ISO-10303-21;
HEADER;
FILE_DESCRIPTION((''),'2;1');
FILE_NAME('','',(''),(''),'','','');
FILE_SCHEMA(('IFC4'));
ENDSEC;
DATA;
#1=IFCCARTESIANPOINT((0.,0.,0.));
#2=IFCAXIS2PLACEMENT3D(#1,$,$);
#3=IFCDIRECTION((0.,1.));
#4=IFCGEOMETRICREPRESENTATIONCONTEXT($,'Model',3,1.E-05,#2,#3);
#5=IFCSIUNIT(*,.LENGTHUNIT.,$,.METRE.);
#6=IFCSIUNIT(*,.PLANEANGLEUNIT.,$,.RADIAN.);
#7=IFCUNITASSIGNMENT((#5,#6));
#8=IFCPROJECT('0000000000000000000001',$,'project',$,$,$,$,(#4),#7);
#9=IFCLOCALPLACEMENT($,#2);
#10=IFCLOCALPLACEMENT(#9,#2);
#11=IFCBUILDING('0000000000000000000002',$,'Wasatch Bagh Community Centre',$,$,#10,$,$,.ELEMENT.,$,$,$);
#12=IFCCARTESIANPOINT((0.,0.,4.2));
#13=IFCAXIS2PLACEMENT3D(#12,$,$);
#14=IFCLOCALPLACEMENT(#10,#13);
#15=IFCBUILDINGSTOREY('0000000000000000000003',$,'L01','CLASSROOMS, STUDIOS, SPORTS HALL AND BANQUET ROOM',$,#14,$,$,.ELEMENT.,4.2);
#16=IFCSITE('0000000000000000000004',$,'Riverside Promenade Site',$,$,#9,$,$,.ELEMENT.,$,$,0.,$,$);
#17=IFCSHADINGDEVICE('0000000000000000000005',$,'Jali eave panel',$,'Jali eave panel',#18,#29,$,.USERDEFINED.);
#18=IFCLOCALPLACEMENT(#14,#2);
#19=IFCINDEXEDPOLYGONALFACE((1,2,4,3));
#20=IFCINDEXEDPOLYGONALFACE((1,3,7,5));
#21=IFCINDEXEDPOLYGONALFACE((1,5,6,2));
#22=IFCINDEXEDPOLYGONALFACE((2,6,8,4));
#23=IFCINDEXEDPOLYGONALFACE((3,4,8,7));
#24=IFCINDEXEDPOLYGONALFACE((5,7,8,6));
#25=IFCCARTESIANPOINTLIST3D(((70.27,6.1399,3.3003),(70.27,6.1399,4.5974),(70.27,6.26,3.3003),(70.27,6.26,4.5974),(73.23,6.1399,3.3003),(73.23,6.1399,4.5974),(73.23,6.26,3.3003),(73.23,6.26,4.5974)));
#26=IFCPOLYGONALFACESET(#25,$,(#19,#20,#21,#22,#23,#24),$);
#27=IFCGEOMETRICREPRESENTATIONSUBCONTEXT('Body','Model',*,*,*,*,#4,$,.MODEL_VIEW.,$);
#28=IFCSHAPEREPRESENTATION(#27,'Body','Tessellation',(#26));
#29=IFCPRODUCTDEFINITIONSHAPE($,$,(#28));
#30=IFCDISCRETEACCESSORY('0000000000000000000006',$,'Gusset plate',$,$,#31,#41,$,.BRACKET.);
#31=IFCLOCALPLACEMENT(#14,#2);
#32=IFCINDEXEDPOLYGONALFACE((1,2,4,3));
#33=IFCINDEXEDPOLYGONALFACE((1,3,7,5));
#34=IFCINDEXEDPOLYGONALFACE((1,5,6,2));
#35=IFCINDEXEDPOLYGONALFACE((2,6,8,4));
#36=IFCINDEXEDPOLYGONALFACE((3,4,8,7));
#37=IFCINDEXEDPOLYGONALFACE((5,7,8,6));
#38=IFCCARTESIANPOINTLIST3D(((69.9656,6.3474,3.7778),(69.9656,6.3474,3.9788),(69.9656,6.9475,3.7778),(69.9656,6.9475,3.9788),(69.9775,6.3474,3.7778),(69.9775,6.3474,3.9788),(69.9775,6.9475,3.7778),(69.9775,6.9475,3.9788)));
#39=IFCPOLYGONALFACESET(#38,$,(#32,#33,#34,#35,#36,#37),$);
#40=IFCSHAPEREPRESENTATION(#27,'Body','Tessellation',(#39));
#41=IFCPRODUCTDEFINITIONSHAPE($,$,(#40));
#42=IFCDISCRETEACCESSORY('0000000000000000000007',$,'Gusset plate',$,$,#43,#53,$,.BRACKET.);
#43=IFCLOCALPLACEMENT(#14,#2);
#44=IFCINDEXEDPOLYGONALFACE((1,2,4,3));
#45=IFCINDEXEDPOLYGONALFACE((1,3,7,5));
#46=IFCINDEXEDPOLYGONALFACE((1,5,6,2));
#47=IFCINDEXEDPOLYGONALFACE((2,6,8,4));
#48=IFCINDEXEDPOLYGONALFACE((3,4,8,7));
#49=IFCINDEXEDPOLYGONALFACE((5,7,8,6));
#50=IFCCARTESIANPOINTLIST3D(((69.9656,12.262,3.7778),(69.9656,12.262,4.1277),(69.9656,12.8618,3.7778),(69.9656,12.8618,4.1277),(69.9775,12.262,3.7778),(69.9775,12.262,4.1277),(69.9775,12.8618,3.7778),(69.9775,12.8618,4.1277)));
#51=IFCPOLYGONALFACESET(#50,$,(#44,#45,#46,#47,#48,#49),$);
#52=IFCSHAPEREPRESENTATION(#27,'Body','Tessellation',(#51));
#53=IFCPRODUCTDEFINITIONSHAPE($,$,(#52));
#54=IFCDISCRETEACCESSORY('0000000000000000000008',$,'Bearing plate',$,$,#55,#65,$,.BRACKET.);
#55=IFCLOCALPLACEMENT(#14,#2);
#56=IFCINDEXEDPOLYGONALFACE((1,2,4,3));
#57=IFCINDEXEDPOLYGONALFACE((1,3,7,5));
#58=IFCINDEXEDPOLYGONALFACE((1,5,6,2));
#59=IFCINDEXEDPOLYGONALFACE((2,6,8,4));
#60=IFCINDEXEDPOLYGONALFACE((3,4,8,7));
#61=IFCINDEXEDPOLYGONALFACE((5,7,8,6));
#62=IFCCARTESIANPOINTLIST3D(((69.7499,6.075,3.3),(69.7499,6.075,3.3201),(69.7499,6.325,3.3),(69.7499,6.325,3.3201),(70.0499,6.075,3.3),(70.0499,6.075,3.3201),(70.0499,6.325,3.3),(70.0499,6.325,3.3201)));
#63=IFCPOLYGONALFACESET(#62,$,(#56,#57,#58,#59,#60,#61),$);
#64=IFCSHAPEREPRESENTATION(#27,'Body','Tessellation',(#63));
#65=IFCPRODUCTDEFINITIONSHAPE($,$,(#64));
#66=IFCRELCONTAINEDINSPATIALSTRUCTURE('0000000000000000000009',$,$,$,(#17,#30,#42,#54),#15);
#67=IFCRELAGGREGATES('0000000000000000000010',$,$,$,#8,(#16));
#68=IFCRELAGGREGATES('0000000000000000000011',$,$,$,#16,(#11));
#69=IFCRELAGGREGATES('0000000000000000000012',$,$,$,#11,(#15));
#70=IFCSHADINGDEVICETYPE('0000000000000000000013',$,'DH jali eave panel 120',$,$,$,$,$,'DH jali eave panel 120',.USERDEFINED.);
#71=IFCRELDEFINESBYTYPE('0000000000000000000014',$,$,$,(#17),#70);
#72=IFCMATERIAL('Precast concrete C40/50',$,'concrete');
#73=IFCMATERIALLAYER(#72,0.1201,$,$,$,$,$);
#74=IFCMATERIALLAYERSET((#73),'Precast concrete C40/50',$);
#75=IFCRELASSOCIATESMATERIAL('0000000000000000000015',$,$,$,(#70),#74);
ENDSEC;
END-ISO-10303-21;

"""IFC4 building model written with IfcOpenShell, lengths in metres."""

from ifc_helpers import new_model, si_unit, direction, frame, origin, origin_2d, place, context, subcontext, project, spatial, polyline, rectangle, outline, extrude, material, layer, layer_set, type_object, element, save


model = new_model("IFC4")

# Units and contexts
model_context = context("Model", 3, precision=1e-05, world=origin(), true_north=direction((0.0, 1.0)))
body_context = subcontext(model_context, "Body", "Model", "MODEL_VIEW")
ifc_project = project(units=[si_unit("LENGTHUNIT", "METRE"), si_unit("PLANEANGLEUNIT", "RADIAN")], contexts=[model_context])

# Site, building, storey
site_placement = place(None, origin())
site = spatial("IfcSite", under=ifc_project, at=site_placement, Name="Riverside Promenade Site", CompositionType="ELEMENT", RefElevation=0.0)
building_placement = place(site_placement, origin())
building = spatial("IfcBuilding", under=site, at=building_placement, Name="Wasatch Bagh Community Centre", CompositionType="ELEMENT")
storey_placement = place(building_placement, frame((0.0, 0.0, 4.2)))
storey = spatial("IfcBuildingStorey", under=building, at=storey_placement, Name="L01", Description="CLASSROOMS, STUDIOS, SPORTS HALL AND BANQUET ROOM", CompositionType="ELEMENT", Elevation=4.2)

# Shading device
ifc_material_1 = material(Name="Precast concrete C40/50", Category="concrete")
ifc_layer_1 = layer(ifc_material_1, 0.1201)
ifc_layer_set_1 = layer_set([ifc_layer_1], Name="Precast concrete C40/50")
shading_device_type = type_object("IfcShadingDeviceType", Name="DH jali eave panel 120", ElementType="DH jali eave panel 120", PredefinedType="USERDEFINED", material=ifc_layer_set_1)
shading_device_1_placement = place(storey_placement, frame((71.75, 6.2, 3.3003), z_axis=(0.0, 0.0, 1.0), x_axis=(1.0, 0.0, 0.0)))
element("IfcShadingDevice", 1, at=shading_device_1_placement, inside=storey, type_object=shading_device_type, Name="Jali eave panel", ObjectType="Jali eave panel", PredefinedType="USERDEFINED", context=body_context, shape_type="SweptSolid", body=[
    extrude(rectangle(XDim=2.96, YDim=0.1201, at=origin_2d()), origin(), (0.0, 0.0, 1.0), 1.2971),
])

# Discrete accessories
discrete_accessory_1_placement = place(storey_placement, frame((69.9775, 6.3474, 3.7778), z_axis=(1.0, 0.0, 0.0), x_axis=(0.0, 1.0, 0.0)))
element("IfcDiscreteAccessory", 2, at=discrete_accessory_1_placement, inside=storey, Name="Gusset plate", PredefinedType="BRACKET", context=body_context, shape_type="SweptSolid", body=[
    extrude(outline(polyline([(0.0, 0.0), (0.6001, 0.0), (0.6001, 0.2009), (0.0, 0.2009), (0.0, 0.0)])), origin(), (0.0, 0.0, -1.0), 0.012),
])
discrete_accessory_2_placement = place(storey_placement, frame((69.9775, 12.262, 3.7778), z_axis=(1.0, 0.0, 0.0), x_axis=(0.0, 1.0, 0.0)))
element("IfcDiscreteAccessory", 3, at=discrete_accessory_2_placement, inside=storey, Name="Gusset plate", PredefinedType="BRACKET", context=body_context, shape_type="SweptSolid", body=[
    extrude(outline(polyline([(0.0, 0.0), (0.5999, 0.0), (0.5999, 0.3499), (0.0, 0.3499), (0.0, 0.0)])), origin(), (0.0, 0.0, -1.0), 0.012),
])
discrete_accessory_3_placement = place(storey_placement, frame((69.8999, 6.2, 3.3), z_axis=(0.0, 0.0, 1.0), x_axis=(1.0, 0.0, 0.0)))
element("IfcDiscreteAccessory", 4, at=discrete_accessory_3_placement, inside=storey, Name="Bearing plate", PredefinedType="BRACKET", context=body_context, shape_type="SweptSolid", body=[
    extrude(rectangle(XDim=0.3, YDim=0.25, at=origin_2d()), origin(), (0.0, 0.0, 1.0), 0.02),
])

save(model, "model.ifc")
